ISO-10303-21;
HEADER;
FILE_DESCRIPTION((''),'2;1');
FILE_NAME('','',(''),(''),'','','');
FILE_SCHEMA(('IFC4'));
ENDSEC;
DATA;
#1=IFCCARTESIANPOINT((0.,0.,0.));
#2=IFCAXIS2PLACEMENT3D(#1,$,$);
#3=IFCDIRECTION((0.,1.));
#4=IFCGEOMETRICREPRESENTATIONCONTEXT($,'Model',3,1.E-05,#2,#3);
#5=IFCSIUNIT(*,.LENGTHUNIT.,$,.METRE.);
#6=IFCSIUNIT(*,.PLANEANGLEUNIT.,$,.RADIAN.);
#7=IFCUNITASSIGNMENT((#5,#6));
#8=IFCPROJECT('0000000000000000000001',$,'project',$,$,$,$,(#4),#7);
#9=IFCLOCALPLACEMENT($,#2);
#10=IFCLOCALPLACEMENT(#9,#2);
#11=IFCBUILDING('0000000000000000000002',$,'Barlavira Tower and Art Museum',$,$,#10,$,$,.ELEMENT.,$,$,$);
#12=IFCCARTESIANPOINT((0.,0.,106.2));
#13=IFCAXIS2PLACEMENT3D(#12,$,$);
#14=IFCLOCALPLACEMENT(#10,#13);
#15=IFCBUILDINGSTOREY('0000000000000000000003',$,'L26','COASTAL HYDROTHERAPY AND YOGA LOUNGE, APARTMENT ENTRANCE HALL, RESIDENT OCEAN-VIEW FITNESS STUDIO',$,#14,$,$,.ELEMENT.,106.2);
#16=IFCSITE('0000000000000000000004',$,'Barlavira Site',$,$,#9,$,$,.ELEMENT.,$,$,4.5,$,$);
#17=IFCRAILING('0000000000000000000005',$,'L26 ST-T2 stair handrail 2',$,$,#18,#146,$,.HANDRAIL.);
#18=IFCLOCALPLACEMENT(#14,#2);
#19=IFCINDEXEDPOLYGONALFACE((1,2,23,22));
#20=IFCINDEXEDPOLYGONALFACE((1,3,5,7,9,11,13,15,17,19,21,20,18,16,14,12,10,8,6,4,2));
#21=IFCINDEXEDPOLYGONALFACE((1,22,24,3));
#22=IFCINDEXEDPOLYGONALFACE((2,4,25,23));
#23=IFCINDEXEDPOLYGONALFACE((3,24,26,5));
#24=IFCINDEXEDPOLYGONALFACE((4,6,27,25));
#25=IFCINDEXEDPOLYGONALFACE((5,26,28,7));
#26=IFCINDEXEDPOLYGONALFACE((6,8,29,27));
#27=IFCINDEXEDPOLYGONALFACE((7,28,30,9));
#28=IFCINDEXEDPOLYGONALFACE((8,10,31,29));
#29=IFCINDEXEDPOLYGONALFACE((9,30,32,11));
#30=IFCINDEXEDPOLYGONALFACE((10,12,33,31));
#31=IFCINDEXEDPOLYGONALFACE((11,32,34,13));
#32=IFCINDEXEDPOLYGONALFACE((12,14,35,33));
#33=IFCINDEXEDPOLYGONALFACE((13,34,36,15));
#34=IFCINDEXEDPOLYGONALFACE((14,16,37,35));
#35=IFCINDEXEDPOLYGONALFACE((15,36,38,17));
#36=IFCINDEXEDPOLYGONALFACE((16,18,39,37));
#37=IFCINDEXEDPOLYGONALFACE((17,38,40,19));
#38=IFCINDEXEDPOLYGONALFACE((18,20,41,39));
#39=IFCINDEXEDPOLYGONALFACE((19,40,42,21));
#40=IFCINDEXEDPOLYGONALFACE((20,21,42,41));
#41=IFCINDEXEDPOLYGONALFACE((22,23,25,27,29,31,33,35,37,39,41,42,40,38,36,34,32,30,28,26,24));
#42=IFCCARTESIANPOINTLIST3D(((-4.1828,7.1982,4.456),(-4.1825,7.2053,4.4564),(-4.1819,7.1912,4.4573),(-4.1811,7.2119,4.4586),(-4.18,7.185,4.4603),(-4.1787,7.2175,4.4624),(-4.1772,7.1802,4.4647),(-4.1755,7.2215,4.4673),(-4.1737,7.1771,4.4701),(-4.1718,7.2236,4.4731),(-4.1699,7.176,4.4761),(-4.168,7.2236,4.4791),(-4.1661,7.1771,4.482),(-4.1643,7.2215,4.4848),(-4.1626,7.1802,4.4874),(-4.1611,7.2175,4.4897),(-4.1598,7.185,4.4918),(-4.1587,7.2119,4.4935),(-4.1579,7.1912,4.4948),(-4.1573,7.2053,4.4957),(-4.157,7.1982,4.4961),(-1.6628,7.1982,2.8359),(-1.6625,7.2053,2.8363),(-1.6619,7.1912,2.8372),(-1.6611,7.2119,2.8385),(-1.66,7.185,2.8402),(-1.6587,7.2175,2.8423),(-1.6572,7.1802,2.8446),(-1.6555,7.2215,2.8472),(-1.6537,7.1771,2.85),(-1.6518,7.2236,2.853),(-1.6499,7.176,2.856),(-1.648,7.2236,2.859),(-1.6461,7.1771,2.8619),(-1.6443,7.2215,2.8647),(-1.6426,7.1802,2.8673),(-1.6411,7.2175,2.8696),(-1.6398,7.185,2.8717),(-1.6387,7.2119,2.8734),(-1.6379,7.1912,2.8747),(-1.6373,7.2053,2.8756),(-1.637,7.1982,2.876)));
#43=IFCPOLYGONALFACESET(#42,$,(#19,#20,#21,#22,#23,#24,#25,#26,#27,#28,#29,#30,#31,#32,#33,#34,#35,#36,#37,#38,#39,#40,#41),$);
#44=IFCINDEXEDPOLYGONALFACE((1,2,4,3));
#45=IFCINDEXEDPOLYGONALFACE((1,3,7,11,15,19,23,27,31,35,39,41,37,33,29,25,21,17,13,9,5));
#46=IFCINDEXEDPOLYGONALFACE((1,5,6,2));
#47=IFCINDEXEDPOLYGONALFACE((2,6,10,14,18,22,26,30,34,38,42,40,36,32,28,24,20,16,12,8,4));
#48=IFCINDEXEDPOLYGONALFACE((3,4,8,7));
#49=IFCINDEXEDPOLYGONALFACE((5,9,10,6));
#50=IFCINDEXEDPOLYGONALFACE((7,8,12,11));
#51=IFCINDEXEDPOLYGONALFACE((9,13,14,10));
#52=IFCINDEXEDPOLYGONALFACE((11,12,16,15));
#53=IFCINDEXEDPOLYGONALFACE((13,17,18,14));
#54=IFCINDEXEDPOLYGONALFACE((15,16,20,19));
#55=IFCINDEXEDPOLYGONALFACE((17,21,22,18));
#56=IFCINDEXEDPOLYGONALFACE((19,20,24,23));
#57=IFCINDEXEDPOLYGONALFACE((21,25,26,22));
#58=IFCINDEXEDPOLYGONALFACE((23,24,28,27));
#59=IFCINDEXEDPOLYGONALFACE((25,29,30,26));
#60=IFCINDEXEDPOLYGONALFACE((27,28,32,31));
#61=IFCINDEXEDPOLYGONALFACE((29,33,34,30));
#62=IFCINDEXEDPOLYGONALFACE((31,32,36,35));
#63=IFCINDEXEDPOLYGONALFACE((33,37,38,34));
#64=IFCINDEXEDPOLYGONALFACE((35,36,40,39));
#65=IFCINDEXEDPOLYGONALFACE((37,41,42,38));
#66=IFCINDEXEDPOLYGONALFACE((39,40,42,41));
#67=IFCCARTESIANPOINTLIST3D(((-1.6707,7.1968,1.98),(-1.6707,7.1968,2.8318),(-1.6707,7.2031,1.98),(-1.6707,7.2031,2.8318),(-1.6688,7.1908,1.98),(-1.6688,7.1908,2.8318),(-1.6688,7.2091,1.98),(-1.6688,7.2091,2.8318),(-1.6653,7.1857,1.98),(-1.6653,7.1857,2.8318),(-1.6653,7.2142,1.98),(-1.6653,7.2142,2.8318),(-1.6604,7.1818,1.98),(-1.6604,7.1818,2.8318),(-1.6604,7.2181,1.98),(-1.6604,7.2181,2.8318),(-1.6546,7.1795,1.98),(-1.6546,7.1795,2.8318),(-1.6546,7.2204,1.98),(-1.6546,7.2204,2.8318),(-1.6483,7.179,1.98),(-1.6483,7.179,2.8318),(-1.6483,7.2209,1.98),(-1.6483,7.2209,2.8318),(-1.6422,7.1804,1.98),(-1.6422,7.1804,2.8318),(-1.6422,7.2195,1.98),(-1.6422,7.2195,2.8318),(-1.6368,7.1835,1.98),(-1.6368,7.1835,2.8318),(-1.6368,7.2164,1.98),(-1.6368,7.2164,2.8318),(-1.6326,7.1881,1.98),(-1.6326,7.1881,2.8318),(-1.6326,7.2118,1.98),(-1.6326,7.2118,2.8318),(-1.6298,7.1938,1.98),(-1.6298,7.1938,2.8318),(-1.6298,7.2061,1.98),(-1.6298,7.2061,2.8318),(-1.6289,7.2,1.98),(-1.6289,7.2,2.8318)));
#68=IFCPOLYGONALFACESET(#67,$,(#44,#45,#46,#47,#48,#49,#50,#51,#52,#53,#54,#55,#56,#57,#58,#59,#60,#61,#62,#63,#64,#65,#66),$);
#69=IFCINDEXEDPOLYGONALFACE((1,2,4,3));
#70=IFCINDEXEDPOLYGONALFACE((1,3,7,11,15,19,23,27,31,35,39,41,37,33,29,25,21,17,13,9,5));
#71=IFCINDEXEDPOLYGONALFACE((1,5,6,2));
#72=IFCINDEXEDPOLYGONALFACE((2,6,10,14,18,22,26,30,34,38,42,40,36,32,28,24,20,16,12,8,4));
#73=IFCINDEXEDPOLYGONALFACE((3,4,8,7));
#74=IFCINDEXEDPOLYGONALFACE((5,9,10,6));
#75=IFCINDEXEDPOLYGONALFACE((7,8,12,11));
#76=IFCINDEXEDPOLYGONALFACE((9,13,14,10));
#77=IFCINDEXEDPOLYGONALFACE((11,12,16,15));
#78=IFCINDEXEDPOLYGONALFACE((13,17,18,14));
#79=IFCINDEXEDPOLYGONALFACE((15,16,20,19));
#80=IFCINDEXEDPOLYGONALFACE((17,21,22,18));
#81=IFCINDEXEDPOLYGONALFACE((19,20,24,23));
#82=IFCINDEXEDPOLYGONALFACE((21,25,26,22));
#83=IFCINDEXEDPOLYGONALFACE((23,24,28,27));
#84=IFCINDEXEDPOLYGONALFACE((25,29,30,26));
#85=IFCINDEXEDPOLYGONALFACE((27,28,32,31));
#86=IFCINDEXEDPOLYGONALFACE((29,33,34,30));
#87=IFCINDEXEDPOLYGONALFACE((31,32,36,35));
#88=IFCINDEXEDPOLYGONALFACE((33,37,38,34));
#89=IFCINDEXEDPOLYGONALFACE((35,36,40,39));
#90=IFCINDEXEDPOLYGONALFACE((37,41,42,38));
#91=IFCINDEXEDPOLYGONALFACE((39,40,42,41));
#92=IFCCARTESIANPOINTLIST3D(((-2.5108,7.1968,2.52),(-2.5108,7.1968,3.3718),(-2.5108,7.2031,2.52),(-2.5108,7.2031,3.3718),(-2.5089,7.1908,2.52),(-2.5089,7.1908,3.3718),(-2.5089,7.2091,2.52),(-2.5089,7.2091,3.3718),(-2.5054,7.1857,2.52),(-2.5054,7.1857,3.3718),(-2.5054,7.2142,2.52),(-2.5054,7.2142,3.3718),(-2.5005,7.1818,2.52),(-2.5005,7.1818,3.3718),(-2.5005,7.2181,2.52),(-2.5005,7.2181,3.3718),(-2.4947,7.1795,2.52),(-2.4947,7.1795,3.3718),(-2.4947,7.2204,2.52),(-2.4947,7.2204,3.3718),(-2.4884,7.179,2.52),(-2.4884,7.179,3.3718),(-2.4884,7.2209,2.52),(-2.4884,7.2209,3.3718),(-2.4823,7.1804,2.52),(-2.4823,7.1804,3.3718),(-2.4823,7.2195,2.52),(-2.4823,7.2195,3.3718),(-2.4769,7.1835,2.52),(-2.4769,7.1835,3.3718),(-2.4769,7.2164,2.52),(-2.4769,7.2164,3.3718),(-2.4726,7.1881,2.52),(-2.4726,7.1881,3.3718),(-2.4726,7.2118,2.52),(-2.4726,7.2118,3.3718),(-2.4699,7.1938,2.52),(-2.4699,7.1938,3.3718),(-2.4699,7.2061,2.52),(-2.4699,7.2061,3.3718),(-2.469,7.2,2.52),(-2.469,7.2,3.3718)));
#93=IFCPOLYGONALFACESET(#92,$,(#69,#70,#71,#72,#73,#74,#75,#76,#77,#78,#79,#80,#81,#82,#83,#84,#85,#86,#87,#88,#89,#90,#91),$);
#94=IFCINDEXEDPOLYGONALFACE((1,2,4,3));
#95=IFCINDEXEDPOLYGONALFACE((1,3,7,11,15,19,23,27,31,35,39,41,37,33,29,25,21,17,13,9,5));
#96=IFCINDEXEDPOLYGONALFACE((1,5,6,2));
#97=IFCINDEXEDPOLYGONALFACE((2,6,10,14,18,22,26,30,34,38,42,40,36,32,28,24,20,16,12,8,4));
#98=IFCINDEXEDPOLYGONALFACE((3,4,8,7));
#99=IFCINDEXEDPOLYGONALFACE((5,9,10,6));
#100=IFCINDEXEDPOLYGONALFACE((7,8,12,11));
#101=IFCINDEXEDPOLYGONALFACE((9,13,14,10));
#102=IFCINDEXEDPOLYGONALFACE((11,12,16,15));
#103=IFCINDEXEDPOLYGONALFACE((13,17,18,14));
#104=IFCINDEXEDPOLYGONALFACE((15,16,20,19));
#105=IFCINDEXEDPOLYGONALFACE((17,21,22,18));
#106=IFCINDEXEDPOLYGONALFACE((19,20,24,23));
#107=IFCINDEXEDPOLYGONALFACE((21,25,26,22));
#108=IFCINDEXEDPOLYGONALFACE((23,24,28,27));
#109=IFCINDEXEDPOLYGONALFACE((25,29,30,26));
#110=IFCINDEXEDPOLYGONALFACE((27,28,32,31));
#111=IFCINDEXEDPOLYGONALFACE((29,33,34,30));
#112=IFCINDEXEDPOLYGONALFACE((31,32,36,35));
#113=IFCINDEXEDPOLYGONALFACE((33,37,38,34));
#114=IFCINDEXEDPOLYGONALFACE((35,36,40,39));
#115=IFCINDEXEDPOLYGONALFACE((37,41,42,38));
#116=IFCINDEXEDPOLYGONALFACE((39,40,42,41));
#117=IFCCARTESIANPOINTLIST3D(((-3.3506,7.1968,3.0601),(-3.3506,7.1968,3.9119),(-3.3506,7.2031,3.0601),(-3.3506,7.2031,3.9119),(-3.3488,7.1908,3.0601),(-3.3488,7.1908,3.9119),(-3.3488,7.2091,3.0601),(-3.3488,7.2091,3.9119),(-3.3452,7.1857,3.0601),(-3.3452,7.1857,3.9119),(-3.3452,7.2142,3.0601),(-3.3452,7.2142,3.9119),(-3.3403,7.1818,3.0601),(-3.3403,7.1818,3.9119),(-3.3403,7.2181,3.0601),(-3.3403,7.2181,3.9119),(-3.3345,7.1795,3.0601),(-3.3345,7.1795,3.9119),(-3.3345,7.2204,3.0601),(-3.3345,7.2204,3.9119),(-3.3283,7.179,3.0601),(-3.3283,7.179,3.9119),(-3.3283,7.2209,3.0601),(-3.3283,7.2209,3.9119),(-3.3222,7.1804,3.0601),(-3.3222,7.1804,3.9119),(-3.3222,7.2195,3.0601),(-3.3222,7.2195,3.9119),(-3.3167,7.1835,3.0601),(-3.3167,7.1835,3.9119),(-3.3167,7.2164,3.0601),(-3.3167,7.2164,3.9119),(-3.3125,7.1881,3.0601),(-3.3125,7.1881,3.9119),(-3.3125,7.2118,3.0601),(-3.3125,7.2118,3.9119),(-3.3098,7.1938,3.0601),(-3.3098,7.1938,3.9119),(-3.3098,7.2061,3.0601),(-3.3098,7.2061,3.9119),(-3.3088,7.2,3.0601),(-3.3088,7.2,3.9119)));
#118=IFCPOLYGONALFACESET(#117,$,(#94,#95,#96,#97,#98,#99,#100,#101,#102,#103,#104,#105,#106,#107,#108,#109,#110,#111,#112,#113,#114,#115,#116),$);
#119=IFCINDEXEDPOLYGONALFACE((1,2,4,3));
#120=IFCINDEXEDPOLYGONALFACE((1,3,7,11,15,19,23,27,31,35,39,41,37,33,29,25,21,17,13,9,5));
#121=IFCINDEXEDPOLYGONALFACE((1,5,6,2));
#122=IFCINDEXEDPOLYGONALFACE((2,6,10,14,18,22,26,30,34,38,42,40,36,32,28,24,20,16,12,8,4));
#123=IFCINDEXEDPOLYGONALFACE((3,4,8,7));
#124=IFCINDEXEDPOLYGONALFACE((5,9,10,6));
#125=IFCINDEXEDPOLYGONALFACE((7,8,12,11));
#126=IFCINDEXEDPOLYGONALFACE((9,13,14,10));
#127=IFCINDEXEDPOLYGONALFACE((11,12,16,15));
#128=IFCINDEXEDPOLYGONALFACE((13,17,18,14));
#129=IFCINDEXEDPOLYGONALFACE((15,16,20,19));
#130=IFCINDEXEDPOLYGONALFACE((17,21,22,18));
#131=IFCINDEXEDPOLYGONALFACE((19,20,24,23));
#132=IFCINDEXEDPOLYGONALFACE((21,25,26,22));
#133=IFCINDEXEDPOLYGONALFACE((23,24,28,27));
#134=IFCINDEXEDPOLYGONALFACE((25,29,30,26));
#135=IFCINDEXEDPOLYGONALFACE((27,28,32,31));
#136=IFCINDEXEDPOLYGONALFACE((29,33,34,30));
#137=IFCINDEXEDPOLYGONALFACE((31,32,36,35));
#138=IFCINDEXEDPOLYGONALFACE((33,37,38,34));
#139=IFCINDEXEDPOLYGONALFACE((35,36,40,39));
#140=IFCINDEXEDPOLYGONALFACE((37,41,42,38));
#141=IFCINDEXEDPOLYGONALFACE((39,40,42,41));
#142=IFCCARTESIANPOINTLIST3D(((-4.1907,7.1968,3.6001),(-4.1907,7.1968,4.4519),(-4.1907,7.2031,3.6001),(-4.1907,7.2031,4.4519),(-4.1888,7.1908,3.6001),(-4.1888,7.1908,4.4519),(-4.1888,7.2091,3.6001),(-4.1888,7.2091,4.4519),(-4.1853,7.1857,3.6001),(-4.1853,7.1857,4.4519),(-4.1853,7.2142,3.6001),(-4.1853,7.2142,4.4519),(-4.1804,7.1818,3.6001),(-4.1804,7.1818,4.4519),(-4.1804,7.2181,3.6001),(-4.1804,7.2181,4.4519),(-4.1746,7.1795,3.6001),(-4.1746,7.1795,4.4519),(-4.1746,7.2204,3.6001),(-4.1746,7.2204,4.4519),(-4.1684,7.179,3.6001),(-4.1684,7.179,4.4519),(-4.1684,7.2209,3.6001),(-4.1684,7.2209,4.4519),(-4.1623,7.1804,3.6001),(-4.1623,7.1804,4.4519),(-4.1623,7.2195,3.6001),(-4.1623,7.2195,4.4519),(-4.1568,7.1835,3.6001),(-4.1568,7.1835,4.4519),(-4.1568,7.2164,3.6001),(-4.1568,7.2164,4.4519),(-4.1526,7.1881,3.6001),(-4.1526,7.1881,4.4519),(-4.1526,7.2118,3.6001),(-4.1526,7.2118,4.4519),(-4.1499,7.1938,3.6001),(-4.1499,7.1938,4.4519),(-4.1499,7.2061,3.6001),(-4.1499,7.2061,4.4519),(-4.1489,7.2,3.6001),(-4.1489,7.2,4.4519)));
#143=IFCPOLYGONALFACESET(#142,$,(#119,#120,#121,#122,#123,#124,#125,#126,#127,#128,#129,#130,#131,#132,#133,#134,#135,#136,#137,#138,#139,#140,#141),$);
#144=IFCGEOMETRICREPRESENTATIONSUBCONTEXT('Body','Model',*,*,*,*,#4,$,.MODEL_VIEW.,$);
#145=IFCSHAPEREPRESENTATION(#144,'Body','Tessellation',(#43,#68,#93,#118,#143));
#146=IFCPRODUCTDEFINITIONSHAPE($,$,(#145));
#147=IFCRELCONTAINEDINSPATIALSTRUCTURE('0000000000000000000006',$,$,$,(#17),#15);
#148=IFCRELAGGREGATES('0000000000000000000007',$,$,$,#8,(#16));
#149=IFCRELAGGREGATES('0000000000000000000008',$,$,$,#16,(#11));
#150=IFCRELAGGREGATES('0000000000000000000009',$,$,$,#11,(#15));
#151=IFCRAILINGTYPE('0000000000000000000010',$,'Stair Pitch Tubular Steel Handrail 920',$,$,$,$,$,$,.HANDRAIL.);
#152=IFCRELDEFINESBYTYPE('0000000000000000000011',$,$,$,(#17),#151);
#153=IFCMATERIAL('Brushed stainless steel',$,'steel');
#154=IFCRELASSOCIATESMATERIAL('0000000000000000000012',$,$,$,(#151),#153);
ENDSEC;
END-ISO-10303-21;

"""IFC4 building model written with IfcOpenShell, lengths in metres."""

from ifc_helpers import new_model, si_unit, direction, frame, origin, origin_2d, place, context, subcontext, project, spatial, circle, extrude, material, type_object, element, save


model = new_model("IFC4")

# Units and contexts
model_context = context("Model", 3, precision=1e-05, world=origin(), true_north=direction((0.0, 1.0)))
body_context = subcontext(model_context, "Body", "Model", "MODEL_VIEW")
ifc_project = project(units=[si_unit("LENGTHUNIT", "METRE"), si_unit("PLANEANGLEUNIT", "RADIAN")], contexts=[model_context])

# Site, building, storey
site_placement = place(None, origin())
site = spatial("IfcSite", under=ifc_project, at=site_placement, Name="Barlavira Site", CompositionType="ELEMENT", RefElevation=4.5)
building_placement = place(site_placement, origin())
building = spatial("IfcBuilding", under=site, at=building_placement, Name="Barlavira Tower and Art Museum", CompositionType="ELEMENT")
storey_placement = place(building_placement, frame((0.0, 0.0, 106.2)))
storey = spatial("IfcBuildingStorey", under=building, at=storey_placement, Name="L26", Description="COASTAL HYDROTHERAPY AND YOGA LOUNGE, APARTMENT ENTRANCE HALL, RESIDENT OCEAN-VIEW FITNESS STUDIO", CompositionType="ELEMENT", Elevation=106.2)

# Shared definitions
ifc_material_1 = material(Name="Brushed stainless steel", Category="steel")

# Railing
railing_type_1 = type_object("IfcRailingType", Name="Stair Pitch Tubular Steel Handrail 920", PredefinedType="HANDRAIL", material=ifc_material_1)
railing_1_placement = place(storey_placement, frame((-1.6499, 7.2, 1.98)))
element("IfcRailing", 1, at=railing_1_placement, inside=storey, type_object=railing_type_1, Name="L26 ST-T2 stair handrail 2", PredefinedType="HANDRAIL", context=body_context, shape_type="SweptSolid", body=[
    extrude(circle(Radius=0.0239, at=origin_2d()), frame((0.0, 0.0, 0.876), z_axis=(-0.841163, 0.0, 0.540782), x_axis=(0.0, -1.0, 0.0)), (0.0, 0.0, 1.0), 2.9958),
    extrude(circle(Radius=0.021, at=origin_2d()), origin(), (0.0, 0.0, 1.0), 0.8518),
    extrude(circle(Radius=0.021, at=origin_2d()), frame((-0.8401, 0.0, 0.54)), (0.0, 0.0, 1.0), 0.8518),
    extrude(circle(Radius=0.021, at=origin_2d()), frame((-1.6799, 0.0, 1.0801)), (0.0, 0.0, 1.0), 0.8518),
    extrude(circle(Radius=0.021, at=origin_2d()), frame((-2.52, 0.0, 1.6201)), (0.0, 0.0, 1.0), 0.8518),
])

save(model, "model.ifc")
